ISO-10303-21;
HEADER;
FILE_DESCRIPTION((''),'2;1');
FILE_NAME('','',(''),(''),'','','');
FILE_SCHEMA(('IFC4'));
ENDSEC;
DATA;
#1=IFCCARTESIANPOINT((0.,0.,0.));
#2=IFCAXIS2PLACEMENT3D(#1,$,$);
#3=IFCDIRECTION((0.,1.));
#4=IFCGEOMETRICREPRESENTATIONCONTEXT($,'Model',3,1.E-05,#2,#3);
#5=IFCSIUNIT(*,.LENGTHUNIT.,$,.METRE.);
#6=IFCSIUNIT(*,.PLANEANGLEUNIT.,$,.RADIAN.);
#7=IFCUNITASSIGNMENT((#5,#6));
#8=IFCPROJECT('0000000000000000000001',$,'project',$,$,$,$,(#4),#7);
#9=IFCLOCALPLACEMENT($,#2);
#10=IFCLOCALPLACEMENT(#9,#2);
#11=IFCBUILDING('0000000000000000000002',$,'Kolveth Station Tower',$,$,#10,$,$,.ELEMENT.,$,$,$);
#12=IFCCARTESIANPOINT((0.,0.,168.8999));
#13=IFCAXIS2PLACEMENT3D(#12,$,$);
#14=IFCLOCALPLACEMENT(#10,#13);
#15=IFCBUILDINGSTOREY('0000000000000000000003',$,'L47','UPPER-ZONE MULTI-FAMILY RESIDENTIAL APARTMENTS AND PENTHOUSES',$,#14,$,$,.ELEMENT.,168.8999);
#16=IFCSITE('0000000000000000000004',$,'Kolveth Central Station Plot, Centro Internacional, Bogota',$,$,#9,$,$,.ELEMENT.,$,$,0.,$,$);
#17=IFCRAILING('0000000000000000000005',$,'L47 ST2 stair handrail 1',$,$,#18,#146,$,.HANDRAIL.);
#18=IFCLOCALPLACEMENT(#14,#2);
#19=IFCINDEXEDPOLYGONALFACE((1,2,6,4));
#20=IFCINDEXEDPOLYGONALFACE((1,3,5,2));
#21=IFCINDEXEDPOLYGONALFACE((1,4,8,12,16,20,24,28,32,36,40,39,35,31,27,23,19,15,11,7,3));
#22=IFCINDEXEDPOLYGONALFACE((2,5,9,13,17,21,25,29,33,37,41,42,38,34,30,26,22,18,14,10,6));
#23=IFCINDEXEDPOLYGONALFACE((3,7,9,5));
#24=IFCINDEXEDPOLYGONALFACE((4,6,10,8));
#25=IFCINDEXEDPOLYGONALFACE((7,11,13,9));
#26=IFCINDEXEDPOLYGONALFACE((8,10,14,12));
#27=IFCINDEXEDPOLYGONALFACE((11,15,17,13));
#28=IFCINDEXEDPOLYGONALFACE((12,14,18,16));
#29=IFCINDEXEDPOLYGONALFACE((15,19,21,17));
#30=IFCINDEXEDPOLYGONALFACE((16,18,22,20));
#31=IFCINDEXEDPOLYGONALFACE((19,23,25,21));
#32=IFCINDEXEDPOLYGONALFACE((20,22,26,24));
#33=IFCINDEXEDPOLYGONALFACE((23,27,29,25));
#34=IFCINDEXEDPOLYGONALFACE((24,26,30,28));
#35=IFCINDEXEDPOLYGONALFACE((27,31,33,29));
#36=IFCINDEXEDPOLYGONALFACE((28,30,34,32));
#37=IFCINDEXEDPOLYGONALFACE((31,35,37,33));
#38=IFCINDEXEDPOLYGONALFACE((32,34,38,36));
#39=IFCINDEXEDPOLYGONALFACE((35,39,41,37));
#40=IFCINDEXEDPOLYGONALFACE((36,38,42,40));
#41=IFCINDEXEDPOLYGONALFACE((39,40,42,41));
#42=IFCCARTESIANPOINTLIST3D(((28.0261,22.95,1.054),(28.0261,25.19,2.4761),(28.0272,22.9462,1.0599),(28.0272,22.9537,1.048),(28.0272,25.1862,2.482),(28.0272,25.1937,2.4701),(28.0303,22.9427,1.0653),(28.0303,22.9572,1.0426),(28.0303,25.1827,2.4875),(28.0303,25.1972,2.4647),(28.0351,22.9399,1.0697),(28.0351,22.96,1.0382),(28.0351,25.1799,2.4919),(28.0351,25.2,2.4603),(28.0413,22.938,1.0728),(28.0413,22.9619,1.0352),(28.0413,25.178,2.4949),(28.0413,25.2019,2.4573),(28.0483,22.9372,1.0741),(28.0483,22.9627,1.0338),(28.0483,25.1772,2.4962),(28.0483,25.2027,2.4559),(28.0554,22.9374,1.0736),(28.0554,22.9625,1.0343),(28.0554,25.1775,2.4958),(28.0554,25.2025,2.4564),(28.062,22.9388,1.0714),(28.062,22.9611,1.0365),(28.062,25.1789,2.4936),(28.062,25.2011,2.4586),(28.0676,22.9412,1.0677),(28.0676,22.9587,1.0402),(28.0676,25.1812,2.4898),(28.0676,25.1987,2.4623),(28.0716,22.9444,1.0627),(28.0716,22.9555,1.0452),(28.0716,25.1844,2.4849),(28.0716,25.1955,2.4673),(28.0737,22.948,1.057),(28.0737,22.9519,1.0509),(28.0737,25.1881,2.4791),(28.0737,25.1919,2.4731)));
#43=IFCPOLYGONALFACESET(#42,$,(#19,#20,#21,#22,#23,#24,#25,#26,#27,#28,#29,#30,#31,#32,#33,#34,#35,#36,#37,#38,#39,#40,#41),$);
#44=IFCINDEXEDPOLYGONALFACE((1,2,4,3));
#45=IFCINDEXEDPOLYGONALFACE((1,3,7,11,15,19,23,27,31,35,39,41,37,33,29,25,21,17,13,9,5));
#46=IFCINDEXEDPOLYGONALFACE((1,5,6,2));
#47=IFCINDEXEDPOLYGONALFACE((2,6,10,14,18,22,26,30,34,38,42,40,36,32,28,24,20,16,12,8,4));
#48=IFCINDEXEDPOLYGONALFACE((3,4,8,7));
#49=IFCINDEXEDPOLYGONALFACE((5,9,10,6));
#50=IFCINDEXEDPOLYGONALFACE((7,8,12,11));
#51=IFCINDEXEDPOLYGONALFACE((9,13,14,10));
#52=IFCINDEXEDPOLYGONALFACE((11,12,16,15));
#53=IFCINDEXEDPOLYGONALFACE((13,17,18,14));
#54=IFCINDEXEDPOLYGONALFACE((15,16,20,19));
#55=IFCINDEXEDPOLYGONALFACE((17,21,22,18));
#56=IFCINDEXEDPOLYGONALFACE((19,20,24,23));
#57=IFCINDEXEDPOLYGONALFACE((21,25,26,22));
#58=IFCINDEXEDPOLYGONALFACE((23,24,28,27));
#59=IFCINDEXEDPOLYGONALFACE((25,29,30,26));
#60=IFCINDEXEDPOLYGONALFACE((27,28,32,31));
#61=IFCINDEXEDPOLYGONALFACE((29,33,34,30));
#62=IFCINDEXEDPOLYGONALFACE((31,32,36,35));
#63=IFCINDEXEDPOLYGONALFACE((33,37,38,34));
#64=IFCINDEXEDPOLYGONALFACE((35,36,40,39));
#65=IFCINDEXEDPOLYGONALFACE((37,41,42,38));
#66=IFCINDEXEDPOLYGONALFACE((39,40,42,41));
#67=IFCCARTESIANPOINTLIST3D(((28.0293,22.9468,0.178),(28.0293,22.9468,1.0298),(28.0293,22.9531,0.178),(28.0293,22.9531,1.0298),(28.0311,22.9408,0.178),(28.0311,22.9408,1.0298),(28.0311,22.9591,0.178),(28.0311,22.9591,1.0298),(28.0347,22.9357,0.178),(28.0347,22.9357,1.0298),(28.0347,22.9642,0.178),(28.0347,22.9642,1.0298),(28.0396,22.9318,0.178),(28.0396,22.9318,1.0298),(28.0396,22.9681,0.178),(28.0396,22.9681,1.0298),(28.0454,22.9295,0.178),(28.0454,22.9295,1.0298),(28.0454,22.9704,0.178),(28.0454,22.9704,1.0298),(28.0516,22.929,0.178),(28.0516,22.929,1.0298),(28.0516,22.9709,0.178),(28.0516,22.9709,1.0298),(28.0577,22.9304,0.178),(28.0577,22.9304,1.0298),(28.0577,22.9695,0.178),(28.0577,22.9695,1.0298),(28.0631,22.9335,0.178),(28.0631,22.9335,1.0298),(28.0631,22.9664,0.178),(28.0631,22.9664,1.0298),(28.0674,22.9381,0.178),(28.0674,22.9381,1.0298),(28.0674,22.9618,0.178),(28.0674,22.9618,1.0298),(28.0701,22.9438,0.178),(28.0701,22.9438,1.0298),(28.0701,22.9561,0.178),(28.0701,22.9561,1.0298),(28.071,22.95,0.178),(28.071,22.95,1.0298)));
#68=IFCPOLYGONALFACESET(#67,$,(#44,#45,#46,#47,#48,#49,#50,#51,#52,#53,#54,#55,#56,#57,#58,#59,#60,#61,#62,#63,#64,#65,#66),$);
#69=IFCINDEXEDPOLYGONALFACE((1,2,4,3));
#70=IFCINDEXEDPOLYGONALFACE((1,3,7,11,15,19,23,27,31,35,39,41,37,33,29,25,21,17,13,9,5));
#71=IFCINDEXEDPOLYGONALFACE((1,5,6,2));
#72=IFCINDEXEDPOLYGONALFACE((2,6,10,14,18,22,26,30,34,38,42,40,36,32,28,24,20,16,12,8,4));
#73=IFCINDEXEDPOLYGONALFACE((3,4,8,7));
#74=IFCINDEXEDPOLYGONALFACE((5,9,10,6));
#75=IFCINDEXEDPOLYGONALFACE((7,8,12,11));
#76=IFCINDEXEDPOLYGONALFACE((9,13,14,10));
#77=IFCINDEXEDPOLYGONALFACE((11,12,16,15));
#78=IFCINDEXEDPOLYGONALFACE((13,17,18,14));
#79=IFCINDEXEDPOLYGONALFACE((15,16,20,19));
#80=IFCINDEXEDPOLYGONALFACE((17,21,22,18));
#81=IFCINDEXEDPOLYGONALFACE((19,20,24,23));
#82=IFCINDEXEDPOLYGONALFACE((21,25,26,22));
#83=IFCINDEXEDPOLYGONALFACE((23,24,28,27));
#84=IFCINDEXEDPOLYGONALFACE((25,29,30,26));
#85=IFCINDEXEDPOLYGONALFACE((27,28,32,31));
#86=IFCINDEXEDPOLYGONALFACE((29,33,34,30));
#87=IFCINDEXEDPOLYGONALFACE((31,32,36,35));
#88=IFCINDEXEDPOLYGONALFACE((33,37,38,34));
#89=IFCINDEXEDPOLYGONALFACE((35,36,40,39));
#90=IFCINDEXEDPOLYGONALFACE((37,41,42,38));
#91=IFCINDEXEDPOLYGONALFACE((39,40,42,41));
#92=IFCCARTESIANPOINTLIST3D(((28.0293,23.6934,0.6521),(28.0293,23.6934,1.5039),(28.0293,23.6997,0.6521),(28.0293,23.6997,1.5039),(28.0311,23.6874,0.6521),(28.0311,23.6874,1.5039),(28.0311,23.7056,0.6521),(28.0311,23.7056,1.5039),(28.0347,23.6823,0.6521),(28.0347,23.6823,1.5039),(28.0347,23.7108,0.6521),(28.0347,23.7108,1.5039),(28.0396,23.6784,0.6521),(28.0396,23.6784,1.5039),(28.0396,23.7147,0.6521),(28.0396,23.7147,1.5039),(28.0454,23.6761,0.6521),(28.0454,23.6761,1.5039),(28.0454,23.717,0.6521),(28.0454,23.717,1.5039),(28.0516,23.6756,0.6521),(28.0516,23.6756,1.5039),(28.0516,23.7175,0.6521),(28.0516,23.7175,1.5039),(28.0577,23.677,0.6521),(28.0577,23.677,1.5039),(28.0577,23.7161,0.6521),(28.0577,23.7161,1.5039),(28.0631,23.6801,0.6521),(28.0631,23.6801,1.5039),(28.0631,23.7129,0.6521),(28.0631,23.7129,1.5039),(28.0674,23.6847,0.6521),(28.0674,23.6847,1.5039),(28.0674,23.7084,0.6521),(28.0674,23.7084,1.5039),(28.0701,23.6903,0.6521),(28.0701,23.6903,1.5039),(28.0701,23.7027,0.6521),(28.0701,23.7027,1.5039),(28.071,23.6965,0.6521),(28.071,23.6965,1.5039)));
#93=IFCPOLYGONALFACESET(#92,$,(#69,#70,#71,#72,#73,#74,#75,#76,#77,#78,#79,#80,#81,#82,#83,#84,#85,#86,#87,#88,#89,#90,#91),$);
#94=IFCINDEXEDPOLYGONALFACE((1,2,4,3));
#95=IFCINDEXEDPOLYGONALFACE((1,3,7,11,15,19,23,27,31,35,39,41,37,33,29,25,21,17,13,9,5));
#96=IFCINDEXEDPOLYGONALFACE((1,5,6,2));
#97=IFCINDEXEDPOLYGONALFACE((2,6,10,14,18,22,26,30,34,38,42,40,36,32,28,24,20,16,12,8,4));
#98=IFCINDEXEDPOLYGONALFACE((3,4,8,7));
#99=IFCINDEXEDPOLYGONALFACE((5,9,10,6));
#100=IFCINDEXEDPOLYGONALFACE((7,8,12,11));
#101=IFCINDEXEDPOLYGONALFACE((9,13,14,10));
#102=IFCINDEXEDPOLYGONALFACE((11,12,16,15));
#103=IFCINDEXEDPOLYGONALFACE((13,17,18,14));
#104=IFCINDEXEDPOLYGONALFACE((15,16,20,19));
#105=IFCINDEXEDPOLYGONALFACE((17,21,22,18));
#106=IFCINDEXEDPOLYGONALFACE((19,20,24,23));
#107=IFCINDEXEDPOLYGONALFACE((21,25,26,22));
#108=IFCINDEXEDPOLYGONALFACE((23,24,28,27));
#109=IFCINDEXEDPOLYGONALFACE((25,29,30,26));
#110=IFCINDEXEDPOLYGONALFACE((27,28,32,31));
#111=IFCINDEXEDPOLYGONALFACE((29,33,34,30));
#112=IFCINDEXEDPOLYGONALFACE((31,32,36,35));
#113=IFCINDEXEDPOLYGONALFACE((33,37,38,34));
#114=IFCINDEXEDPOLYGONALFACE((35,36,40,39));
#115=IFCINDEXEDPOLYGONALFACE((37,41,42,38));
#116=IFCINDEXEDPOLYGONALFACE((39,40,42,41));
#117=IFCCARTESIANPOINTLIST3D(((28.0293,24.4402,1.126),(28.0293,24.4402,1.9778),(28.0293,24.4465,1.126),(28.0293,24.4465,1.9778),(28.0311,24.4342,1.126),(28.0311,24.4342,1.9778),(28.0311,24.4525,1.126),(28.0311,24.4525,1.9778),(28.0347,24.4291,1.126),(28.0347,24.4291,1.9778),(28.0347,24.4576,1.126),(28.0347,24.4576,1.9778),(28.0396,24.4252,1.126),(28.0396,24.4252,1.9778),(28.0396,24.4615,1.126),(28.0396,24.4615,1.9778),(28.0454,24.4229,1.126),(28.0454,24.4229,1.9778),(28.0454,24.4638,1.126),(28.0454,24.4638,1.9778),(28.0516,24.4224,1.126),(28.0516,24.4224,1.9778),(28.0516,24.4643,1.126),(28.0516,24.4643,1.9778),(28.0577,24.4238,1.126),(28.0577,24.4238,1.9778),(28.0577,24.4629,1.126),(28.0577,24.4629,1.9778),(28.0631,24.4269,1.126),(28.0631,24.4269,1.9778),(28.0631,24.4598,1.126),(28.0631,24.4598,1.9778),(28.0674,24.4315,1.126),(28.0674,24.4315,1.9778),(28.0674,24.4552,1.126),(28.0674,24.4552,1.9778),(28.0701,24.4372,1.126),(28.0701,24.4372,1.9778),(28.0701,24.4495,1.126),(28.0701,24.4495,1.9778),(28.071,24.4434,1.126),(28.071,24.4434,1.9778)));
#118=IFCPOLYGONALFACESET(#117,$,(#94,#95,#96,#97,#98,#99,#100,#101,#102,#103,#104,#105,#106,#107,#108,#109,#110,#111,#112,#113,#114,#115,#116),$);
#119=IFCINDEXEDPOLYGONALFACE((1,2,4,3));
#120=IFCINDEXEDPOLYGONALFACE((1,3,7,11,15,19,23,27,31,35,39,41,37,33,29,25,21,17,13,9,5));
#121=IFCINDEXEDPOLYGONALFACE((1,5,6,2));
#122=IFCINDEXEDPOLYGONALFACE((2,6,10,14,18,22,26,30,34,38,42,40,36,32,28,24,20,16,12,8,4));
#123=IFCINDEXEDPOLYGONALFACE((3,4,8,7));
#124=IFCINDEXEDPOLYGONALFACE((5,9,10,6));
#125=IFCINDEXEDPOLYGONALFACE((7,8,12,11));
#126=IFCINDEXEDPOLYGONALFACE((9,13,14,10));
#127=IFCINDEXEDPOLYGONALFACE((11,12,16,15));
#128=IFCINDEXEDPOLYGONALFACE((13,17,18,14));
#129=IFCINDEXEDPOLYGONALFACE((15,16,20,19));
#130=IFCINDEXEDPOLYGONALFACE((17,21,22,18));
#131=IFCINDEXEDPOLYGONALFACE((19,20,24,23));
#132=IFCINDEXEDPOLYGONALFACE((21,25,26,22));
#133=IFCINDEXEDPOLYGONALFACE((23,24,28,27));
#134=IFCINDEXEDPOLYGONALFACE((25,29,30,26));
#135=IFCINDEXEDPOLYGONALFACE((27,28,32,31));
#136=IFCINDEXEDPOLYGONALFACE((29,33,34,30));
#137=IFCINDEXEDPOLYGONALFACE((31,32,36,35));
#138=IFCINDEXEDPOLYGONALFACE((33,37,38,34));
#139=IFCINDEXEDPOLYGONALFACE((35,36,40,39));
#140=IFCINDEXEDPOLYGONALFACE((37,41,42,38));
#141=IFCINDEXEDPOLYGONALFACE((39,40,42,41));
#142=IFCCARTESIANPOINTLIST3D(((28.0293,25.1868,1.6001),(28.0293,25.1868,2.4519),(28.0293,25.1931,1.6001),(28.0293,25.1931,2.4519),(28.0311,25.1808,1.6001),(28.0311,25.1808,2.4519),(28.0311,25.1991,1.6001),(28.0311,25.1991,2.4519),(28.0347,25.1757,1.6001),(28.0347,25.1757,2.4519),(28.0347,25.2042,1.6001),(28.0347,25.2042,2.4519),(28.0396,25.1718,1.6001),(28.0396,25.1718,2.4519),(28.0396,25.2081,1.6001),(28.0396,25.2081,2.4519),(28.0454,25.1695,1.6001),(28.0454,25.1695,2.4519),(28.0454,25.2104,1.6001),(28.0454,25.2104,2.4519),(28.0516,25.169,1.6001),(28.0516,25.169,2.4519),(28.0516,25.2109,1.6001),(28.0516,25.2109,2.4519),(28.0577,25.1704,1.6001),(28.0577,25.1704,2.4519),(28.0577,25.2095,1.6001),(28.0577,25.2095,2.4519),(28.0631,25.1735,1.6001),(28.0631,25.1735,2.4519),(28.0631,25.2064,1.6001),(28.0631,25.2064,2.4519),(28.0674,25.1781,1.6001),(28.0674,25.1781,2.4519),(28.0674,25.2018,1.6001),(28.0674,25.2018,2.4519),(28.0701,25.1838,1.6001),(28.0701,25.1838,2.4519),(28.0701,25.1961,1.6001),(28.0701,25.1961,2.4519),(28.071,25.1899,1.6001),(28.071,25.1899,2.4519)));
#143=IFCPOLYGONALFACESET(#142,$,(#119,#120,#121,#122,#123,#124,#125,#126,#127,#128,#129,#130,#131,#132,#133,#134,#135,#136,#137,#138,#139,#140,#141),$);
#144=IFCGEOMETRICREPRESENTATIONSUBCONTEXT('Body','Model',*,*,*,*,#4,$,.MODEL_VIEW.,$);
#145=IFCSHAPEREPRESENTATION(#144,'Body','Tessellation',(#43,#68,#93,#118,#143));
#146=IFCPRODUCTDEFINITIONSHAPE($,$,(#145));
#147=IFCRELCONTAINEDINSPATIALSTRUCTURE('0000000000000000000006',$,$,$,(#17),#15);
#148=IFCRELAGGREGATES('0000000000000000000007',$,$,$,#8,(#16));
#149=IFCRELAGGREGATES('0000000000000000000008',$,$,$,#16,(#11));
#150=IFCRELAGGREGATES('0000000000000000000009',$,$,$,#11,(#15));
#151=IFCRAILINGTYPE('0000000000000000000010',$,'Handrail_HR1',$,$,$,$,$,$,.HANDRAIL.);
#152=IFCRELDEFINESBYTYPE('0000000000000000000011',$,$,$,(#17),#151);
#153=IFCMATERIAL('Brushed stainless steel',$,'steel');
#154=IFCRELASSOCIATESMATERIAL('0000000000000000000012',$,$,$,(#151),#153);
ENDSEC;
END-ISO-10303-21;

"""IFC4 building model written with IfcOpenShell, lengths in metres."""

from ifc_helpers import new_model, si_unit, direction, frame, origin, origin_2d, place, context, subcontext, project, spatial, circle, extrude, material, type_object, element, save


model = new_model("IFC4")

# Units and contexts
model_context = context("Model", 3, precision=1e-05, world=origin(), true_north=direction((0.0, 1.0)))
body_context = subcontext(model_context, "Body", "Model", "MODEL_VIEW")
ifc_project = project(units=[si_unit("LENGTHUNIT", "METRE"), si_unit("PLANEANGLEUNIT", "RADIAN")], contexts=[model_context])

# Site, building, storey
site_placement = place(None, origin())
site = spatial("IfcSite", under=ifc_project, at=site_placement, Name="Kolveth Central Station Plot, Centro Internacional, Bogota", CompositionType="ELEMENT", RefElevation=0.0)
building_placement = place(site_placement, origin())
building = spatial("IfcBuilding", under=site, at=building_placement, Name="Kolveth Station Tower", CompositionType="ELEMENT")
storey_placement = place(building_placement, frame((0.0, 0.0, 168.8999)))
storey = spatial("IfcBuildingStorey", under=building, at=storey_placement, Name="L47", Description="UPPER-ZONE MULTI-FAMILY RESIDENTIAL APARTMENTS AND PENTHOUSES", CompositionType="ELEMENT", Elevation=168.8999)

# Railing
ifc_material_1 = material(Name="Brushed stainless steel", Category="steel")
railing_type_1 = type_object("IfcRailingType", Name="Handrail_HR1", PredefinedType="HANDRAIL", material=ifc_material_1)
railing_1_placement = place(storey_placement, frame((28.05, 22.95, 0.178)))
element("IfcRailing", 1, at=railing_1_placement, inside=storey, type_object=railing_type_1, Name="L47 ST2 stair handrail 1", PredefinedType="HANDRAIL", context=body_context, shape_type="SweptSolid", body=[
    extrude(circle(Radius=0.0239, at=origin_2d()), frame((0.0, 0.0, 0.876), z_axis=(0.0, 0.844229, 0.535982), x_axis=(-1.0, 0.0, 0.0)), (0.0, 0.0, 1.0), 2.6533),
    extrude(circle(Radius=0.021, at=origin_2d()), origin(), (0.0, 0.0, 1.0), 0.8518),
    extrude(circle(Radius=0.021, at=origin_2d()), frame((0.0, 0.7466, 0.4741)), (0.0, 0.0, 1.0), 0.8518),
    extrude(circle(Radius=0.021, at=origin_2d()), frame((0.0, 1.4934, 0.948)), (0.0, 0.0, 1.0), 0.8518),
    extrude(circle(Radius=0.021, at=origin_2d()), frame((0.0, 2.24, 1.4221)), (0.0, 0.0, 1.0), 0.8518),
])

save(model, "model.ifc")
